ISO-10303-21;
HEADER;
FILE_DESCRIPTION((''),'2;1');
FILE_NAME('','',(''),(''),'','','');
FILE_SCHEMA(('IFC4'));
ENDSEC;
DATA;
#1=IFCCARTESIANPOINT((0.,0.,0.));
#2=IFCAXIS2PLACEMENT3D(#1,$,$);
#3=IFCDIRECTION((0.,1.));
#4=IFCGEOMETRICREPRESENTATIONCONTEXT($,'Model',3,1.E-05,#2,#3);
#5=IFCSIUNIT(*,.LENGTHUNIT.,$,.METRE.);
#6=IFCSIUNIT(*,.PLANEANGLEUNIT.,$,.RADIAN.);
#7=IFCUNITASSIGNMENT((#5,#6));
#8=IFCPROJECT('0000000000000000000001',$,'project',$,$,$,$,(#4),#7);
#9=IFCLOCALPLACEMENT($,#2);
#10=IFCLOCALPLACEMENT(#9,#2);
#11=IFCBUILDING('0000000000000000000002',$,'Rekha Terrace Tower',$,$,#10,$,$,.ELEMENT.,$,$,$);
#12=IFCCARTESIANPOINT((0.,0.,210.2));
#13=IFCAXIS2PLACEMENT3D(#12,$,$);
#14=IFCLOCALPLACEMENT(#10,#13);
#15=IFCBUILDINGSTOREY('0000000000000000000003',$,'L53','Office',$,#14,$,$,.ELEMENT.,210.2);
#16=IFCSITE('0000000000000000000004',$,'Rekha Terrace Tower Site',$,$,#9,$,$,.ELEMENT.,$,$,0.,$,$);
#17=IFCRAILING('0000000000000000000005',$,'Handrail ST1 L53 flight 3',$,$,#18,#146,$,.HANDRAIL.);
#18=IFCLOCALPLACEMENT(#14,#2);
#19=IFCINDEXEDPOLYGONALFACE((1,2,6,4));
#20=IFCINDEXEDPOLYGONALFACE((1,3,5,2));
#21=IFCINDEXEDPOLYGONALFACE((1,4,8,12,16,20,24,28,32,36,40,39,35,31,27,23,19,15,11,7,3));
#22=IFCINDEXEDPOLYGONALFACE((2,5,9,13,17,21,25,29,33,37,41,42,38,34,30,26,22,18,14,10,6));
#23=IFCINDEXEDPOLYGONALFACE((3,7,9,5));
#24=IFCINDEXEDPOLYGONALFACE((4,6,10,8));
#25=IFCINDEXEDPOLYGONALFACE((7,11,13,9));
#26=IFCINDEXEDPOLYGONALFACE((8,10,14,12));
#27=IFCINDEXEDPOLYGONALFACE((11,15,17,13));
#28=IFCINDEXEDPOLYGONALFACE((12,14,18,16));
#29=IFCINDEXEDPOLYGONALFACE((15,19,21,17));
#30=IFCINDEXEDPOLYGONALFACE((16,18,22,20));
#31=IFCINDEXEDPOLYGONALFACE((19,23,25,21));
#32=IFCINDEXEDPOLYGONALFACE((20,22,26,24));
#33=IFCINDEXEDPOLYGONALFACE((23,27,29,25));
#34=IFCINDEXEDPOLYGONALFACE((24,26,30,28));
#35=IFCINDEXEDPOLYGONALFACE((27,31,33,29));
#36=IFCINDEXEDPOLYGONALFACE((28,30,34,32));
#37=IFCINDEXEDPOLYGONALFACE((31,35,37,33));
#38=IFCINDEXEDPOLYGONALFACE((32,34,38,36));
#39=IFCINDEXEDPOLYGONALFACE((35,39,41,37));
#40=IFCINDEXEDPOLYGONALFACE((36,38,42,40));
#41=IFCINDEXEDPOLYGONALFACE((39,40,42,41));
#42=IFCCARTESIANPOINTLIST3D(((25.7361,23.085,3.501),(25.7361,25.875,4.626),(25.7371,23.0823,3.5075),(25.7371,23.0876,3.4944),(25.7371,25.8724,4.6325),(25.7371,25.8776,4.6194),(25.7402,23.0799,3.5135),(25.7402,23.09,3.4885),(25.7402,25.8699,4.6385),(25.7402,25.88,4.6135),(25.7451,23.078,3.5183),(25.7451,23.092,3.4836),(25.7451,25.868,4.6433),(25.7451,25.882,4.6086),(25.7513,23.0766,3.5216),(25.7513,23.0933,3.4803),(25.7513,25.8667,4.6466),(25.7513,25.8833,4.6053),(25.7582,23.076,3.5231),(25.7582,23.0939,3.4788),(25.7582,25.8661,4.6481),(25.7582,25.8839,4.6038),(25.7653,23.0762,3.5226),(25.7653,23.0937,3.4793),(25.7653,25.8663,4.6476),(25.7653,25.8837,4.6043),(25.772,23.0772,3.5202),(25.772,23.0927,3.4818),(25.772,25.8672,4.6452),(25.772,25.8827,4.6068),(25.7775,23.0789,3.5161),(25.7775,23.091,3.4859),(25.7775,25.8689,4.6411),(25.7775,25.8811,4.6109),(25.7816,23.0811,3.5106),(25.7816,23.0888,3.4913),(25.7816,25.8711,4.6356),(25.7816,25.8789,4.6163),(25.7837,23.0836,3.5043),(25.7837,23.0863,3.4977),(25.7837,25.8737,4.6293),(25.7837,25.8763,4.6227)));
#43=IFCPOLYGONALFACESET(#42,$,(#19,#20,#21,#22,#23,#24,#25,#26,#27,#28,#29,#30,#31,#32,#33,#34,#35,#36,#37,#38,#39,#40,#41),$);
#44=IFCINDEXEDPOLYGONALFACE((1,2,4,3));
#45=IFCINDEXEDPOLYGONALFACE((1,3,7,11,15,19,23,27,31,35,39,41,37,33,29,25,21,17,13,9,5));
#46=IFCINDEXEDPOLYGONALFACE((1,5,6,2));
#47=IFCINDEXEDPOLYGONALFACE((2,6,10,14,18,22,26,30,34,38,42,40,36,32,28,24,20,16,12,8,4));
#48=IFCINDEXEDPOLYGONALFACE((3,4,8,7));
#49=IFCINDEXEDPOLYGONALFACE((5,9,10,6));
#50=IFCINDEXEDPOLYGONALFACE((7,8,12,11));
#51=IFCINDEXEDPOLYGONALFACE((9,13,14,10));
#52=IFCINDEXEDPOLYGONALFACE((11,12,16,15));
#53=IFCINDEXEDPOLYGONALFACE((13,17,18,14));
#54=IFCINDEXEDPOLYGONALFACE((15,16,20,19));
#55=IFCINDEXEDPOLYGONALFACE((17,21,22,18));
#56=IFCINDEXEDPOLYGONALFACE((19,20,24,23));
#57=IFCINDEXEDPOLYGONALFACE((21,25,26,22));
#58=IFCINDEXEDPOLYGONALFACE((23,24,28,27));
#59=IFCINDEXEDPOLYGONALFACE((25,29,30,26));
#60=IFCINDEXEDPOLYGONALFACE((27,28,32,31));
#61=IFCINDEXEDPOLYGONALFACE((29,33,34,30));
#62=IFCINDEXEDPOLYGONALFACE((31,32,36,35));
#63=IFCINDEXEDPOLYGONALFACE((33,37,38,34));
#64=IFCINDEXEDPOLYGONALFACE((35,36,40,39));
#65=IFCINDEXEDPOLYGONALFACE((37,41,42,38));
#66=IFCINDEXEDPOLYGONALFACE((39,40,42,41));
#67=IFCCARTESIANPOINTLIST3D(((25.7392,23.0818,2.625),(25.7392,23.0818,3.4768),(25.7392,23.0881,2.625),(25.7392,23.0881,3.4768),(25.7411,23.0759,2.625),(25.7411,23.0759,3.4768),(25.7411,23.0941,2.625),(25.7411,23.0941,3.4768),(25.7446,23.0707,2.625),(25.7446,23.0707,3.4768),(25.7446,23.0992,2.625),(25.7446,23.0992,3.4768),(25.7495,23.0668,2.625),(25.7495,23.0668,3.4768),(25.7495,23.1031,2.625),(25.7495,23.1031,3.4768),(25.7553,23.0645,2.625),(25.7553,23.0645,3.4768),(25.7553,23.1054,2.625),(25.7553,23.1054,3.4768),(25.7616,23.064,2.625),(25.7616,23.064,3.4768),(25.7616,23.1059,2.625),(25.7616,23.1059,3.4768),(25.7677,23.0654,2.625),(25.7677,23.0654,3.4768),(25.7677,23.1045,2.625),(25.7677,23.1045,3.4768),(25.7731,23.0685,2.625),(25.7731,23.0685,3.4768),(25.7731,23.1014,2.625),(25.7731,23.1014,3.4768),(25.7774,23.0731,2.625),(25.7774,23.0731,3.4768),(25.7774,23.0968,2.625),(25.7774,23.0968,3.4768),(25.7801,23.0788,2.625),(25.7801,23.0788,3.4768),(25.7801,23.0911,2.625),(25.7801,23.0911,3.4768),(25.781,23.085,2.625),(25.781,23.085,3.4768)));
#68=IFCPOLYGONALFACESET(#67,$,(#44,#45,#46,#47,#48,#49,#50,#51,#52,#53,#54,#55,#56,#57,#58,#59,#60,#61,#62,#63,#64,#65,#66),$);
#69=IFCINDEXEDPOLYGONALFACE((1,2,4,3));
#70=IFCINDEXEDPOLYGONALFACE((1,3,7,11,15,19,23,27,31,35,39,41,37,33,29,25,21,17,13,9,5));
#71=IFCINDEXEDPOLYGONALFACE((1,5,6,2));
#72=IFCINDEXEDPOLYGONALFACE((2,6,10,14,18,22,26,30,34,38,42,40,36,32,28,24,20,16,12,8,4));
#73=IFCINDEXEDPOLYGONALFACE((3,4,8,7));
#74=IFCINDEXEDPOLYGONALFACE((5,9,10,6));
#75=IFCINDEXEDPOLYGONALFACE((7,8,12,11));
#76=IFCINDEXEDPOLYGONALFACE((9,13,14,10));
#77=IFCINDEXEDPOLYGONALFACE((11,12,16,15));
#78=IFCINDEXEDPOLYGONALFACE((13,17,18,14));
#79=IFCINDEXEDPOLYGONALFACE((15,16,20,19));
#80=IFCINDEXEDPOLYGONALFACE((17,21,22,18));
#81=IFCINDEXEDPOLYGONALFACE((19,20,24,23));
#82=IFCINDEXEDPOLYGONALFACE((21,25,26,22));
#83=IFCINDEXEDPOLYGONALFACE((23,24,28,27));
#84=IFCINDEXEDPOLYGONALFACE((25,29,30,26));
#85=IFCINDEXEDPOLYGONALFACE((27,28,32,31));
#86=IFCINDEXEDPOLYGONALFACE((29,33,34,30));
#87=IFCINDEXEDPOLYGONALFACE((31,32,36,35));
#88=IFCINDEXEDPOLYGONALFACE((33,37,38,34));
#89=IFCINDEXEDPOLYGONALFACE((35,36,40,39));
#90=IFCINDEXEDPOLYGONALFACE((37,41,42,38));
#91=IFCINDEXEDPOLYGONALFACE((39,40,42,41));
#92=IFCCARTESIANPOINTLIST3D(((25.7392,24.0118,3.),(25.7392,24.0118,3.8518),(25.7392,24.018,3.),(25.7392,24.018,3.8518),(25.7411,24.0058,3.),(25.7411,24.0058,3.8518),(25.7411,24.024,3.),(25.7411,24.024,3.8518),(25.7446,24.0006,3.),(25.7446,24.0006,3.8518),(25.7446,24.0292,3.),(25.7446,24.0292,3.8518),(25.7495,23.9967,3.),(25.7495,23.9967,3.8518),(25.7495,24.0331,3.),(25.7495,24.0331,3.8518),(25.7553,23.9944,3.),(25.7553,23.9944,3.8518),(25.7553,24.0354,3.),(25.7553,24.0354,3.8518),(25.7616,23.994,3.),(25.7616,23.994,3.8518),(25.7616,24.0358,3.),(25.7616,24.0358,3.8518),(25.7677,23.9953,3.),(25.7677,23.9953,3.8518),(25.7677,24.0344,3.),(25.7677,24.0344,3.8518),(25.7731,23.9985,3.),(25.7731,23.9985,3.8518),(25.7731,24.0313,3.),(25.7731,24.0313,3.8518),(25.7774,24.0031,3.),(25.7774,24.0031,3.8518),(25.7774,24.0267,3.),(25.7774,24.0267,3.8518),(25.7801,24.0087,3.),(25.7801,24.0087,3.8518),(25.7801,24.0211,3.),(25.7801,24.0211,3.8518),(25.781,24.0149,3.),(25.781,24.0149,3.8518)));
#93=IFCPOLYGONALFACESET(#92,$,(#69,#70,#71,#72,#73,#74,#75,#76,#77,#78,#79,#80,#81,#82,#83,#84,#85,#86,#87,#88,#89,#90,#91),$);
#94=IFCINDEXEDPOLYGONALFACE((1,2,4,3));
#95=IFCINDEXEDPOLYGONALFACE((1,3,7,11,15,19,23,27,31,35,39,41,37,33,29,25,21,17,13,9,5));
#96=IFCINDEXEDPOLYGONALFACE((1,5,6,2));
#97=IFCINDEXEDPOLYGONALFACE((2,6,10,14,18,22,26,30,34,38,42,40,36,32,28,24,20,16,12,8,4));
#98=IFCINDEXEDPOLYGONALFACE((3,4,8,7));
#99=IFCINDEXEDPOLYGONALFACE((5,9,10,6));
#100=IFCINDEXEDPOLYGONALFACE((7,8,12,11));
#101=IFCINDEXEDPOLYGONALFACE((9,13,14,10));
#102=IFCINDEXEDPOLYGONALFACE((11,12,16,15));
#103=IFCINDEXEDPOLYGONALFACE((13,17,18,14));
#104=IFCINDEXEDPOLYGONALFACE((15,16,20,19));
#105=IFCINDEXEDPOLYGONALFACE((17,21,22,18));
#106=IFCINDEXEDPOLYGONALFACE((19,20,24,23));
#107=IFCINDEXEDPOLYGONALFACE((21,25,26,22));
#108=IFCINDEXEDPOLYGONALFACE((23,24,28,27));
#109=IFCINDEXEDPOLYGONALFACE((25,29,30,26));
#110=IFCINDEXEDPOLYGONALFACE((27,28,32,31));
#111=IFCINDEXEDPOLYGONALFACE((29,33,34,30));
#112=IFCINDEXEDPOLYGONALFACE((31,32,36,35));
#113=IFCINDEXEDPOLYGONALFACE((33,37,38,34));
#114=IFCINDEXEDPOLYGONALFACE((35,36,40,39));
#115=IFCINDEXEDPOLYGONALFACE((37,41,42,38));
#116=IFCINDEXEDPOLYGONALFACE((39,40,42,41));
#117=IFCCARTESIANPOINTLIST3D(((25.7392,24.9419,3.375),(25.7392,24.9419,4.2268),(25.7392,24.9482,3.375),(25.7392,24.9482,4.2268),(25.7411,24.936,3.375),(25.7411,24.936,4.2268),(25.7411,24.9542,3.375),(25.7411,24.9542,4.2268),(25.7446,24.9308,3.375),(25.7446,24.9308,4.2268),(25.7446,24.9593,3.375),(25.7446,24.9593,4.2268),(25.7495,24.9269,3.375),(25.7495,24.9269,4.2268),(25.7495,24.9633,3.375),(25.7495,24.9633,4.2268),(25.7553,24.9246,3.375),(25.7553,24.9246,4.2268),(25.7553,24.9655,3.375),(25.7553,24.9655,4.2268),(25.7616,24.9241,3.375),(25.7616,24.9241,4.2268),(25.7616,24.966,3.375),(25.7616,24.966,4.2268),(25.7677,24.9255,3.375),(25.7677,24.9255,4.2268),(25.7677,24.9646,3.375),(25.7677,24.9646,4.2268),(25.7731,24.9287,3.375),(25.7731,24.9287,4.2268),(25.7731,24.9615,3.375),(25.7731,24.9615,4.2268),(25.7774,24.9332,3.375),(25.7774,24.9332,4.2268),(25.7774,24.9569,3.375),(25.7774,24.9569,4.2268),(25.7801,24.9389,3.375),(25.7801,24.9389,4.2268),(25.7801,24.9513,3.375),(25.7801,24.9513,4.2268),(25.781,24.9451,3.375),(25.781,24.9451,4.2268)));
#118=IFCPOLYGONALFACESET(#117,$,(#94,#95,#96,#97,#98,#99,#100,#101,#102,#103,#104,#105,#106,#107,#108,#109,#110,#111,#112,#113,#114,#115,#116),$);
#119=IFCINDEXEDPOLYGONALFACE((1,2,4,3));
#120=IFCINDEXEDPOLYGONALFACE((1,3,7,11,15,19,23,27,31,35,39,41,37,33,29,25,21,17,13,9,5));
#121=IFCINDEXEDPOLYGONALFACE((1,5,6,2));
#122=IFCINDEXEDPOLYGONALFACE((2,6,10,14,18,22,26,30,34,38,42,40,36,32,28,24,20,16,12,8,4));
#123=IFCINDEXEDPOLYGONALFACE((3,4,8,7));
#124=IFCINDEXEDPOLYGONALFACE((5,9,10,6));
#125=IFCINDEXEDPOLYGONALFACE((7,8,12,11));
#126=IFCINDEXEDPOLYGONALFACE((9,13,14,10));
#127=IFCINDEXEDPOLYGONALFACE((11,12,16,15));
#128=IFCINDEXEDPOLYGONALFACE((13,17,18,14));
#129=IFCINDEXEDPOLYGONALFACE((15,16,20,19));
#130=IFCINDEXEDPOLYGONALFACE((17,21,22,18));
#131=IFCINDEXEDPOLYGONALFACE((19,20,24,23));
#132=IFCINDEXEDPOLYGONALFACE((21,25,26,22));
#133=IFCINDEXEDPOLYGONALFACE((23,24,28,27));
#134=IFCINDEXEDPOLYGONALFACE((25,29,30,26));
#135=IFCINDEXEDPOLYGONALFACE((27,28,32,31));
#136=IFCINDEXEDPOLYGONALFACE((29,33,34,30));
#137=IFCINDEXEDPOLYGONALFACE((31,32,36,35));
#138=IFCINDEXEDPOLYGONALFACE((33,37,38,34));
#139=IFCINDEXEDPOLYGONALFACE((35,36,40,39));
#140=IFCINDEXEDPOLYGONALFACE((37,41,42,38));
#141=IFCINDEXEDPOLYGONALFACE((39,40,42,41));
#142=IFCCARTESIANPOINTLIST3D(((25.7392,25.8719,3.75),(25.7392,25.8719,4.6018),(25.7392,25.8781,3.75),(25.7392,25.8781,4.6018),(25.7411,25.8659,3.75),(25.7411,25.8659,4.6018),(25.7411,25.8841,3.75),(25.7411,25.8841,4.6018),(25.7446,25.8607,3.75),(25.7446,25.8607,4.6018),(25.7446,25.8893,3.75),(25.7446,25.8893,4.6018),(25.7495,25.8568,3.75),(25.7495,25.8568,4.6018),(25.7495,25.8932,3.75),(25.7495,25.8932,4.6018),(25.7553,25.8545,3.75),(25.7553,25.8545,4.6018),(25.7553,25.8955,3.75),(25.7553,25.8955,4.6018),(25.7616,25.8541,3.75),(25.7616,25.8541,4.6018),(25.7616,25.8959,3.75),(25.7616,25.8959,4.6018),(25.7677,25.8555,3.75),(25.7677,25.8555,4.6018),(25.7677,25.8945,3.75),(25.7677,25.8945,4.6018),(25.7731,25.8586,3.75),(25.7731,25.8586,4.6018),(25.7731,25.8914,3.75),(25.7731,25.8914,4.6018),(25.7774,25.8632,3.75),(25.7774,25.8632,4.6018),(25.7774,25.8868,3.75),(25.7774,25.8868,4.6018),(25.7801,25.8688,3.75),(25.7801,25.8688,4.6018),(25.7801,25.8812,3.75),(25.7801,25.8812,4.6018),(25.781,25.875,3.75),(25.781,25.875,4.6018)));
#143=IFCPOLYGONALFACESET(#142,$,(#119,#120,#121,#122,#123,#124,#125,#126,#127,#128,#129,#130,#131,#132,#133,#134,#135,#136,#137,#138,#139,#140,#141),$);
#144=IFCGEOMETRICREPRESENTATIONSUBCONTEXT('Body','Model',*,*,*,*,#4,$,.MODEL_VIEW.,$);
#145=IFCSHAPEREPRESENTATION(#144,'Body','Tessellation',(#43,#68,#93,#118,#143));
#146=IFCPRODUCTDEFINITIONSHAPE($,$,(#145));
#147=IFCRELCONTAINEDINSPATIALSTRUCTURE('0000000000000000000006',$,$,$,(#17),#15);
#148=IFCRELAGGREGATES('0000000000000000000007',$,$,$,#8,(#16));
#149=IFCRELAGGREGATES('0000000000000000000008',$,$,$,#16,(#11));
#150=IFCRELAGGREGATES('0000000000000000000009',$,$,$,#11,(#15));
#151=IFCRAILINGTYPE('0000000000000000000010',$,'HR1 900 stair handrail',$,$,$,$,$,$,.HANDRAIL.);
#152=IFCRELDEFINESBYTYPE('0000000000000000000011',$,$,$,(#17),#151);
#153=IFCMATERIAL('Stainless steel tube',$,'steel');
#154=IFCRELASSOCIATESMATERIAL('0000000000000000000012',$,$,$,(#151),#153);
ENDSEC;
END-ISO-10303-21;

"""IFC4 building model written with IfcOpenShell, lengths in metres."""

from ifc_helpers import new_model, si_unit, direction, frame, origin, origin_2d, place, context, subcontext, project, spatial, circle, extrude, material, type_object, element, save


model = new_model("IFC4")

# Units and contexts
model_context = context("Model", 3, precision=1e-05, world=origin(), true_north=direction((0.0, 1.0)))
body_context = subcontext(model_context, "Body", "Model", "MODEL_VIEW")
ifc_project = project(units=[si_unit("LENGTHUNIT", "METRE"), si_unit("PLANEANGLEUNIT", "RADIAN")], contexts=[model_context])

# Site, building, storey
site_placement = place(None, origin())
site = spatial("IfcSite", under=ifc_project, at=site_placement, Name="Rekha Terrace Tower Site", CompositionType="ELEMENT", RefElevation=0.0)
building_placement = place(site_placement, origin())
building = spatial("IfcBuilding", under=site, at=building_placement, Name="Rekha Terrace Tower", CompositionType="ELEMENT")
storey_placement = place(building_placement, frame((0.0, 0.0, 210.2)))
storey = spatial("IfcBuildingStorey", under=building, at=storey_placement, Name="L53", Description="Office", CompositionType="ELEMENT", Elevation=210.2)

# Railing
ifc_material_1 = material(Name="Stainless steel tube", Category="steel")
railing_type = type_object("IfcRailingType", Name="HR1 900 stair handrail", PredefinedType="HANDRAIL", material=ifc_material_1)
railing_placement = place(storey_placement, frame((25.76, 23.085, 2.625)))
element("IfcRailing", 1, at=railing_placement, inside=storey, type_object=railing_type, Name="Handrail ST1 L53 flight 3", PredefinedType="HANDRAIL", context=body_context, shape_type="SweptSolid", body=[
    extrude(circle(Radius=0.0239, at=origin_2d()), frame((0.0, 0.0, 0.876), z_axis=(0.0, 0.927443, 0.373964), x_axis=(-1.0, 0.0, 0.0)), (0.0, 0.0, 1.0), 3.0083),
    extrude(circle(Radius=0.021, at=origin_2d()), origin(), (0.0, 0.0, 1.0), 0.8518),
    extrude(circle(Radius=0.021, at=origin_2d()), frame((0.0, 0.9299, 0.375)), (0.0, 0.0, 1.0), 0.8518),
    extrude(circle(Radius=0.021, at=origin_2d()), frame((0.0, 1.8601, 0.75)), (0.0, 0.0, 1.0), 0.8518),
    extrude(circle(Radius=0.021, at=origin_2d()), frame((0.0, 2.79, 1.125)), (0.0, 0.0, 1.0), 0.8518),
])

save(model, "model.ifc")
